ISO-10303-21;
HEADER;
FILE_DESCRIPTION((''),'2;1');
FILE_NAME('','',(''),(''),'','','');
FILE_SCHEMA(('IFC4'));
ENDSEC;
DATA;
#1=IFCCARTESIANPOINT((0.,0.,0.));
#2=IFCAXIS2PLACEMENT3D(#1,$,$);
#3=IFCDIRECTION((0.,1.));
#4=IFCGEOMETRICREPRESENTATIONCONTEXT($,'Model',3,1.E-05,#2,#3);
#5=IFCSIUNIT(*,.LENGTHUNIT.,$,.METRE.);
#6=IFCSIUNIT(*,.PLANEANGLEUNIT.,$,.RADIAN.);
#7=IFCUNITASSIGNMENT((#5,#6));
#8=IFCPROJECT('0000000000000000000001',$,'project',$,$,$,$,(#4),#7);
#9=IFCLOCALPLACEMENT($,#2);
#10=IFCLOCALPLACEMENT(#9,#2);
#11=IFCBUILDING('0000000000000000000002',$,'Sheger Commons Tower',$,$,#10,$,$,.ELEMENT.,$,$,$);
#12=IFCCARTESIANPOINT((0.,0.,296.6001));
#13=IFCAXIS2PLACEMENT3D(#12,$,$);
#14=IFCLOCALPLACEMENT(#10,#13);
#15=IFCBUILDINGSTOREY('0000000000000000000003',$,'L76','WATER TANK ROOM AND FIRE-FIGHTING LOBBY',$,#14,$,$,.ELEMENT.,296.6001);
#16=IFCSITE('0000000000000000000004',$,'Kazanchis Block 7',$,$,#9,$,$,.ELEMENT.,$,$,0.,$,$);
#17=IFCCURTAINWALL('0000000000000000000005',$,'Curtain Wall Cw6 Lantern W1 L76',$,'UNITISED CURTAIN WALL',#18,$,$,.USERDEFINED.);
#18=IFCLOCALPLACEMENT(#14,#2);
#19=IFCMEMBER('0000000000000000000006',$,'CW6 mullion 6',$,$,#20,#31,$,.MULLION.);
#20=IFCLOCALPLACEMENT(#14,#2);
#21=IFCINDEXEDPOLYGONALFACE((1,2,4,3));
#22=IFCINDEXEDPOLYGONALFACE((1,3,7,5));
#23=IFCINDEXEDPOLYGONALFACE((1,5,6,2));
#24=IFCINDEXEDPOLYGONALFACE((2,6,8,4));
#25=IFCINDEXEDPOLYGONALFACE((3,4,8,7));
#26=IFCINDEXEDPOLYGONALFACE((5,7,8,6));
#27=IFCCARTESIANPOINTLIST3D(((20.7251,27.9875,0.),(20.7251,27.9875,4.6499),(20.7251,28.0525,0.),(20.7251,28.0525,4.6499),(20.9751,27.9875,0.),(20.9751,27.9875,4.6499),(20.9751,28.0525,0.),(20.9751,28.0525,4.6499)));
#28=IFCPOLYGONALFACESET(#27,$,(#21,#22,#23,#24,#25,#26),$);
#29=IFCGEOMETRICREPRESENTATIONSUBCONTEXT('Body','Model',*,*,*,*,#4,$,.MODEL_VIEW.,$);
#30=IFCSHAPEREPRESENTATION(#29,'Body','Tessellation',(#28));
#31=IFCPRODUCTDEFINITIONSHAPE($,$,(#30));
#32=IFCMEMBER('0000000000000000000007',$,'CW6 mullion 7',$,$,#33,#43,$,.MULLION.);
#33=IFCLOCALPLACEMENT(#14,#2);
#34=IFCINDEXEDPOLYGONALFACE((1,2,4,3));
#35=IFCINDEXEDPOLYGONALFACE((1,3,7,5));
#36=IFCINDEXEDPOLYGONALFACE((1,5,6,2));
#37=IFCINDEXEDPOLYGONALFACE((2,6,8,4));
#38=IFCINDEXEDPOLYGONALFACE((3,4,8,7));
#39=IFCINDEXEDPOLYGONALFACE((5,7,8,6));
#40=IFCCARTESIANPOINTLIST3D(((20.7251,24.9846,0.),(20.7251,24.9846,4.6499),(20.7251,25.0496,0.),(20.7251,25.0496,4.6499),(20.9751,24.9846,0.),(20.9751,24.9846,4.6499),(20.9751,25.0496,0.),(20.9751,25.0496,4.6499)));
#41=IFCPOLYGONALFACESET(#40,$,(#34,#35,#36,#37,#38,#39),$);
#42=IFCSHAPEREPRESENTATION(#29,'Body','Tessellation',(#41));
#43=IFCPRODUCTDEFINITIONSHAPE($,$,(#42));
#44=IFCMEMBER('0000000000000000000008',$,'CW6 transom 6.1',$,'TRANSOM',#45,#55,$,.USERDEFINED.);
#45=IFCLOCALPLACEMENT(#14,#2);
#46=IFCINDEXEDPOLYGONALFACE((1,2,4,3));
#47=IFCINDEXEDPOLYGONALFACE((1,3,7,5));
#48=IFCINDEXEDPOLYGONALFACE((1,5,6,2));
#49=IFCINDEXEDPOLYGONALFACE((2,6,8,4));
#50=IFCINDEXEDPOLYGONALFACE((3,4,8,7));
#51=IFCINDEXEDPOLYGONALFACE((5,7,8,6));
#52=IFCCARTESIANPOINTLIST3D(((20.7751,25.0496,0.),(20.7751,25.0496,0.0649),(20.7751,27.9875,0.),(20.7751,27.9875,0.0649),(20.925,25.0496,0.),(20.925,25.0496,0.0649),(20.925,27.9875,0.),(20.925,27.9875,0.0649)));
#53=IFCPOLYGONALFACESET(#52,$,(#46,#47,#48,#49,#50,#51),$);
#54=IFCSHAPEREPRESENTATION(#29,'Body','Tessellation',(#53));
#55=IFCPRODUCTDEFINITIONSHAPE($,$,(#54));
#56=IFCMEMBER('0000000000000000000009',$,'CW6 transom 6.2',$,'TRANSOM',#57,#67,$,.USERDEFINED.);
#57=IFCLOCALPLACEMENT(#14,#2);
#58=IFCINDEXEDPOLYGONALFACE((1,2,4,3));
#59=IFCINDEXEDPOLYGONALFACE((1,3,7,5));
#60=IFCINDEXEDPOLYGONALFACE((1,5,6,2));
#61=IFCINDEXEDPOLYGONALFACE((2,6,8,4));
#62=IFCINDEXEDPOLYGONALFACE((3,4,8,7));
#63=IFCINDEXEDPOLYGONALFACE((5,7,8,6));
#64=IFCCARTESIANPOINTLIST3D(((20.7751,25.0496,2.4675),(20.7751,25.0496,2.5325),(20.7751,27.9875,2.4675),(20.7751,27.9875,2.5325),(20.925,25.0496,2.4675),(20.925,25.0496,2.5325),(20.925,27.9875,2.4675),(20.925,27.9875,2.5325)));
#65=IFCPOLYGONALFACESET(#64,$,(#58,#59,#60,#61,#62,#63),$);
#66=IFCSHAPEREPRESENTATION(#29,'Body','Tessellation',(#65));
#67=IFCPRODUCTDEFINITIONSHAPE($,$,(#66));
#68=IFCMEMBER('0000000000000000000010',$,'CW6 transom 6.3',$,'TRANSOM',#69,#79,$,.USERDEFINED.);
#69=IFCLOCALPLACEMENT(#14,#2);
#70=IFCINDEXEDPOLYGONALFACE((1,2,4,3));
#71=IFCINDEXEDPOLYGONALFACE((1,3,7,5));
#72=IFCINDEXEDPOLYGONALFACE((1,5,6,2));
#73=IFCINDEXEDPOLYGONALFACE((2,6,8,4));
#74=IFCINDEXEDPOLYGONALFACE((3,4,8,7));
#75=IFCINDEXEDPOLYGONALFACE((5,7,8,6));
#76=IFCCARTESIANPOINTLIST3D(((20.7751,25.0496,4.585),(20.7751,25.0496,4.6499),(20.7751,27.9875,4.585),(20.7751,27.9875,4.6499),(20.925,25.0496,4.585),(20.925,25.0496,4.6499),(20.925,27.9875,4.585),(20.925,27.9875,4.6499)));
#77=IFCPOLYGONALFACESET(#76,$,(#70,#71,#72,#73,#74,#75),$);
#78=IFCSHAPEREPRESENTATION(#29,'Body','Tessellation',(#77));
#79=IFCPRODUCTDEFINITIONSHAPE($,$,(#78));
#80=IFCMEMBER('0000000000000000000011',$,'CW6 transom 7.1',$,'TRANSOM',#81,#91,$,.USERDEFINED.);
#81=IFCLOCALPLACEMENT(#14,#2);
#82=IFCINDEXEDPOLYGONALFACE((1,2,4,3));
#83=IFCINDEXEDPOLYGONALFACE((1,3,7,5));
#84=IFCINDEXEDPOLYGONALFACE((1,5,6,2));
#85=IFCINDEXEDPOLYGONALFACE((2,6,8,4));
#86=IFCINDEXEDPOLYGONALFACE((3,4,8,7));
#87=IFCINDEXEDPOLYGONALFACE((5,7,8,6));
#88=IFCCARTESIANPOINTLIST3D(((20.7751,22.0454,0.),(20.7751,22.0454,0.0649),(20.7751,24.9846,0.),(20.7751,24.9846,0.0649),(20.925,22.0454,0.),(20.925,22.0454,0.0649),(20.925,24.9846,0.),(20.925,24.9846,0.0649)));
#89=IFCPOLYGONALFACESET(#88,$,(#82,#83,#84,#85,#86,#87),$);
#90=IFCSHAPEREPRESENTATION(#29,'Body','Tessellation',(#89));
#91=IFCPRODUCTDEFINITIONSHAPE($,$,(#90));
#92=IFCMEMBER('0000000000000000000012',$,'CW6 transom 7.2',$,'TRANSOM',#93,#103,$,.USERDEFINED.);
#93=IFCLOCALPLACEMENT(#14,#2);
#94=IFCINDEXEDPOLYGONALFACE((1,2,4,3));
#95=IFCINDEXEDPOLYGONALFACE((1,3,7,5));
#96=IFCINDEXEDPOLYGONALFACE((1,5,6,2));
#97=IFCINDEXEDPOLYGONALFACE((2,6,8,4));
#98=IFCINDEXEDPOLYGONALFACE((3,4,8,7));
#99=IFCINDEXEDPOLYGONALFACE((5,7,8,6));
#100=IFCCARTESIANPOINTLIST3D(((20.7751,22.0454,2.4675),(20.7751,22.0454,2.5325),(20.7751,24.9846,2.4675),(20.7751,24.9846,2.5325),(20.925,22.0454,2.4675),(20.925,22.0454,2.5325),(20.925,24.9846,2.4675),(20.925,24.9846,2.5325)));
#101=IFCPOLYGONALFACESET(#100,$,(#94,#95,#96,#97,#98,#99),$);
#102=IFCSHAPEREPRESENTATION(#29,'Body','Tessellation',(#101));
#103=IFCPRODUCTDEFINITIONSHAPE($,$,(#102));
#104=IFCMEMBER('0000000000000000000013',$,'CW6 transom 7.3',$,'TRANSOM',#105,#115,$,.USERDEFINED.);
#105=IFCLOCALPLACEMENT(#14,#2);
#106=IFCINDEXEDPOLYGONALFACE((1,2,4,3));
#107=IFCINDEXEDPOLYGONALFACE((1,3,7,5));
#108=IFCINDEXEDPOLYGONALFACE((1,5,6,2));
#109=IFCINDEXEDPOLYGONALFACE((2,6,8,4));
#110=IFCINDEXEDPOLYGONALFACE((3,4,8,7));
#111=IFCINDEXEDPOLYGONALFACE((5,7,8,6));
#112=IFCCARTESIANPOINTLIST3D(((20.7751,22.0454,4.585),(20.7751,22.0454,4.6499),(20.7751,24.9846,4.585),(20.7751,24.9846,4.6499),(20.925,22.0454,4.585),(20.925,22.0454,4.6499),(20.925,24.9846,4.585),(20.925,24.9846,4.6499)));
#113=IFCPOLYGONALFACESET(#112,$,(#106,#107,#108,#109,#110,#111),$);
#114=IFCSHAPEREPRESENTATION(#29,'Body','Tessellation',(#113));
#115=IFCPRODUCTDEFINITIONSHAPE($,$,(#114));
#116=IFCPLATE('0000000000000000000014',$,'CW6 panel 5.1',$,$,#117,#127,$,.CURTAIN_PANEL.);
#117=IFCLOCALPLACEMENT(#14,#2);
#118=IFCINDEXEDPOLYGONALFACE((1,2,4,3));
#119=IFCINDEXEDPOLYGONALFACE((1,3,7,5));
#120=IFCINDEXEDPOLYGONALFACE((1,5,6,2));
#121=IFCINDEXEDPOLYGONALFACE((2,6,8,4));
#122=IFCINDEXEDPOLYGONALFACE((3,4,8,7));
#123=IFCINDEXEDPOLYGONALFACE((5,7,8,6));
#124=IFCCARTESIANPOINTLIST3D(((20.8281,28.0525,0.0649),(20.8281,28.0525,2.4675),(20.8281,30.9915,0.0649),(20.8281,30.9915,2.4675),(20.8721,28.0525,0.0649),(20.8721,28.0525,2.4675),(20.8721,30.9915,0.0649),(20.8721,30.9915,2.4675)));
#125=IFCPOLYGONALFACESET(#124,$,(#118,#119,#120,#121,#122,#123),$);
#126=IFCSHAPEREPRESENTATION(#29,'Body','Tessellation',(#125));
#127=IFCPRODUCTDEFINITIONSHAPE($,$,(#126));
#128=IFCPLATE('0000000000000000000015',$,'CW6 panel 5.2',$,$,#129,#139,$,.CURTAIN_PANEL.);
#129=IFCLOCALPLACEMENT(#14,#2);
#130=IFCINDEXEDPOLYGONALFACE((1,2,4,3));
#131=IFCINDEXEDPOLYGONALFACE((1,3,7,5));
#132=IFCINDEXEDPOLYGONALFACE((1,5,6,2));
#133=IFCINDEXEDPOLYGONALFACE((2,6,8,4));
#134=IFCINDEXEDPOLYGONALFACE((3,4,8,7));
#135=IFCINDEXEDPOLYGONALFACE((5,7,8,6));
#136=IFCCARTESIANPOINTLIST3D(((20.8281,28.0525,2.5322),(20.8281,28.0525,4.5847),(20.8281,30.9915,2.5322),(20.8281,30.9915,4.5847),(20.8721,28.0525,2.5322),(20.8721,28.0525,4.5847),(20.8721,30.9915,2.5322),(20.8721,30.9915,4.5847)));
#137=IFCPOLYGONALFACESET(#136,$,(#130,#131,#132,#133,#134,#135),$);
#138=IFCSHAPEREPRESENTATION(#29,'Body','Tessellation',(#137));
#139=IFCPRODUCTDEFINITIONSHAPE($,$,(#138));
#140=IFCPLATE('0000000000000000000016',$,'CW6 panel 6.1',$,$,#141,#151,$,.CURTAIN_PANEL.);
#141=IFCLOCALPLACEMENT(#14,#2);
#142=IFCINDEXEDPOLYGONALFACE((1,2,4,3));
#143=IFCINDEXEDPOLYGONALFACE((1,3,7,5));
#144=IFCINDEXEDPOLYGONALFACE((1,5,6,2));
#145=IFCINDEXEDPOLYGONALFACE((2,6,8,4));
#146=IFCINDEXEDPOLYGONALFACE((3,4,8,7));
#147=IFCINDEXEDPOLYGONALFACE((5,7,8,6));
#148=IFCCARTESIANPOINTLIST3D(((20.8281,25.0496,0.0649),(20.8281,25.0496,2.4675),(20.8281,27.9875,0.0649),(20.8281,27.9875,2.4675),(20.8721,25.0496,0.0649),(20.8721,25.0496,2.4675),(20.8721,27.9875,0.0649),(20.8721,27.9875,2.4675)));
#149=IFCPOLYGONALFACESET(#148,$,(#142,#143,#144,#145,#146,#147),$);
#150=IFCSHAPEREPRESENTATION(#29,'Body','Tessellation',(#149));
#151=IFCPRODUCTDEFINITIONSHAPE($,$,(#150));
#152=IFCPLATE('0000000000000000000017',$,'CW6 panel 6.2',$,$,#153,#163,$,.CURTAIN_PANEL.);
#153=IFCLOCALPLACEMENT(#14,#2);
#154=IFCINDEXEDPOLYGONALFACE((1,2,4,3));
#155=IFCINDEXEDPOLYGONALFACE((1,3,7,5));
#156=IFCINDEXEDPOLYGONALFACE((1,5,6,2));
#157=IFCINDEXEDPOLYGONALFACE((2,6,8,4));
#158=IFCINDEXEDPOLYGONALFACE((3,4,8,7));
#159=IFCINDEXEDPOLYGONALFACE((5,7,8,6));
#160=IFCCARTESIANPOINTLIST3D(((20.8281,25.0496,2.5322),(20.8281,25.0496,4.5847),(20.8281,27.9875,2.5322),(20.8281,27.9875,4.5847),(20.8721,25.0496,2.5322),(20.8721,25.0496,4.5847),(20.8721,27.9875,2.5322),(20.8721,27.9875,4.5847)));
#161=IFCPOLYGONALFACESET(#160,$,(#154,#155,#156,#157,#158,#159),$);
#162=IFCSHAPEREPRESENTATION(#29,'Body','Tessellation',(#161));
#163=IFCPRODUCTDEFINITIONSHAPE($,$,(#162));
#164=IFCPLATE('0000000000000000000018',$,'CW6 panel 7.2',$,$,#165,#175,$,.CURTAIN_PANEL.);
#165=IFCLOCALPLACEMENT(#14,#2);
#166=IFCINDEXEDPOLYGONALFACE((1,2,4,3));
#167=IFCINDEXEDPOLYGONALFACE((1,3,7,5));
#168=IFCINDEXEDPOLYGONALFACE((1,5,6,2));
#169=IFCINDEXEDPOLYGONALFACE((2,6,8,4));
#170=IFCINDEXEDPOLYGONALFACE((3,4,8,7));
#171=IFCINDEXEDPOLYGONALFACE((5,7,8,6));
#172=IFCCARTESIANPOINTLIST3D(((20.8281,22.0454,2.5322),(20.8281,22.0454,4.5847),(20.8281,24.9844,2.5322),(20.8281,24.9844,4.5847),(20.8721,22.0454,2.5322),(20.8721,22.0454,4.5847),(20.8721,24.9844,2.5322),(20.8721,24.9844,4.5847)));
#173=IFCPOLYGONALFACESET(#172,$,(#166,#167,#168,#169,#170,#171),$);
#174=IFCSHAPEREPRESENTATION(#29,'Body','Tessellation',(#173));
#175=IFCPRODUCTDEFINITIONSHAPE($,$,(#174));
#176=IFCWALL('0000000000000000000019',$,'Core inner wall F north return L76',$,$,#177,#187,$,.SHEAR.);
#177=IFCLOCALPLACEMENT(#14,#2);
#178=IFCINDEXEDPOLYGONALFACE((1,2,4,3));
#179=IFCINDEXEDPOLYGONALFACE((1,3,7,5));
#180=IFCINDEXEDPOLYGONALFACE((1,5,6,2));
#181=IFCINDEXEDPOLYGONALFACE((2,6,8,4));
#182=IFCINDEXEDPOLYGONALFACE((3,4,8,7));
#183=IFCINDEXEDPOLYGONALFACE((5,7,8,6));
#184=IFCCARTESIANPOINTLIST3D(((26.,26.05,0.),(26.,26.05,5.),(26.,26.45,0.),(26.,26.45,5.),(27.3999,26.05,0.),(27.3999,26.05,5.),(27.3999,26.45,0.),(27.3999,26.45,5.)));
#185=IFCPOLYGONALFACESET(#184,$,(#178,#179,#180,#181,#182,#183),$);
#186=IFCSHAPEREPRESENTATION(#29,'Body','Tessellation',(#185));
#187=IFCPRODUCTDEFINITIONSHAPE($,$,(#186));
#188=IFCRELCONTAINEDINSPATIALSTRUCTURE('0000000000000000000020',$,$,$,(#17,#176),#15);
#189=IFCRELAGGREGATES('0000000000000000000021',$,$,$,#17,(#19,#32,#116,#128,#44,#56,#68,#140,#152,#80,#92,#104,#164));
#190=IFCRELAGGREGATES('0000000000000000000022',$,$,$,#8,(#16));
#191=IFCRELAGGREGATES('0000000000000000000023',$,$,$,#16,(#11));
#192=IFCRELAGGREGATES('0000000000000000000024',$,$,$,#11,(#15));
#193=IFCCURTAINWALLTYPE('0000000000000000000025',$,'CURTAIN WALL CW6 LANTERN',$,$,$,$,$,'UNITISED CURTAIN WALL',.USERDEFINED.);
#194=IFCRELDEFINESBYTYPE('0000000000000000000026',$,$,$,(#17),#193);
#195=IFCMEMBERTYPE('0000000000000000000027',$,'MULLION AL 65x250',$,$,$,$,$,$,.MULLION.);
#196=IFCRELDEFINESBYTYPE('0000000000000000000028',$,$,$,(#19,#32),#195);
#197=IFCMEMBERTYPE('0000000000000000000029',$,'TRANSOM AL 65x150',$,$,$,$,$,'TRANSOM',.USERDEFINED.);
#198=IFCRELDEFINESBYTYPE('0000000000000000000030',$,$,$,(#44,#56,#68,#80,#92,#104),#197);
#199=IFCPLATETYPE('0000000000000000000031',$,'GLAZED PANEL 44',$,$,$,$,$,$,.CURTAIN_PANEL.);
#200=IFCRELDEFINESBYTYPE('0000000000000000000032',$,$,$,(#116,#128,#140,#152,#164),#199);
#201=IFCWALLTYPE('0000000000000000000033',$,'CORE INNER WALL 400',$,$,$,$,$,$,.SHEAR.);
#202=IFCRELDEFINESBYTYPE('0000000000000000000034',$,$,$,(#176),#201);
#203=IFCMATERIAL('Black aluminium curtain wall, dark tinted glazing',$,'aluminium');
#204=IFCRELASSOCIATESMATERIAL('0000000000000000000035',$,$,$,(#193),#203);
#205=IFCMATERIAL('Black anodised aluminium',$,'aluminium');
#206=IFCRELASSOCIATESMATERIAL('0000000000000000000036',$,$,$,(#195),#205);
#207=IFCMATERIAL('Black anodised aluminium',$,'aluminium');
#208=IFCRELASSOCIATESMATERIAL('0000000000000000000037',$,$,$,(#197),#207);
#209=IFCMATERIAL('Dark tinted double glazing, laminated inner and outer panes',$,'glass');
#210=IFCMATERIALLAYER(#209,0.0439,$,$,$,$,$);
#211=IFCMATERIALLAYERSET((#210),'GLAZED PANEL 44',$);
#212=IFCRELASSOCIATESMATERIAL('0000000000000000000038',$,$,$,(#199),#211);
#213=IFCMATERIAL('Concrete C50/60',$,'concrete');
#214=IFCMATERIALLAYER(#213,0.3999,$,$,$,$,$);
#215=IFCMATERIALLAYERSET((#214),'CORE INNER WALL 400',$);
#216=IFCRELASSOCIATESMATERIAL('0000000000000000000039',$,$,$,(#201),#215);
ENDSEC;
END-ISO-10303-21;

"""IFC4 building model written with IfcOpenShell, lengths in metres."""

from ifc_helpers import new_model, si_unit, direction, frame, frame_2d, origin, origin_2d, place, context, subcontext, project, spatial, rectangle, extrude, material, layer, layer_set, material_profile, profile_set, type_object, element, aggregate, save


model = new_model("IFC4")

# Units and contexts
model_context = context("Model", 3, precision=1e-05, world=origin(), true_north=direction((0.0, 1.0)))
body_context = subcontext(model_context, "Body", "Model", "MODEL_VIEW")
ifc_project = project(units=[si_unit("LENGTHUNIT", "METRE"), si_unit("PLANEANGLEUNIT", "RADIAN")], contexts=[model_context])

# Site, building, storey
site_placement = place(None, origin())
site = spatial("IfcSite", under=ifc_project, at=site_placement, Name="Kazanchis Block 7", CompositionType="ELEMENT", RefElevation=0.0)
building_placement = place(site_placement, origin())
building = spatial("IfcBuilding", under=site, at=building_placement, Name="Sheger Commons Tower", CompositionType="ELEMENT")
storey_placement = place(building_placement, frame((0.0, 0.0, 296.6001)))
storey = spatial("IfcBuildingStorey", under=building, at=storey_placement, Name="L76", Description="WATER TANK ROOM AND FIRE-FIGHTING LOBBY", CompositionType="ELEMENT", Elevation=296.6001)

# Curtain wall, members, plates
ifc_material_1 = material(Name="Black aluminium curtain wall, dark tinted glazing", Category="aluminium")
curtain_wall_type = type_object("IfcCurtainWallType", Name="CURTAIN WALL CW6 LANTERN", ElementType="UNITISED CURTAIN WALL", PredefinedType="USERDEFINED", material=ifc_material_1)
curtain_wall_placement = place(storey_placement, origin())
curtain_wall = element("IfcCurtainWall", 1, at=curtain_wall_placement, inside=storey, type_object=curtain_wall_type, Name="Curtain Wall Cw6 Lantern W1 L76", ObjectType="UNITISED CURTAIN WALL", PredefinedType="USERDEFINED")
ifc_material_2 = material(Name="Black anodised aluminium", Category="aluminium")
ifc_material_profile_1 = material_profile(ifc_material_2, rectangle(XDim=0.25, YDim=0.0649, at=origin_2d()), Name="AL 65x250")
ifc_profile_set_1 = profile_set([ifc_material_profile_1], Name="Black anodised aluminium")
member_type_1 = type_object("IfcMemberType", Name="MULLION AL 65x250", PredefinedType="MULLION", material=ifc_profile_set_1)
member_1_placement = place(storey_placement, frame((20.8501, 28.02, 0.0), z_axis=(0.0, 0.0, 1.0), x_axis=(1.0, 0.0, 0.0)))
member_1 = element("IfcMember", 2, at=member_1_placement, type_object=member_type_1, Name="CW6 mullion 6", PredefinedType="MULLION", context=body_context, shape_type="SweptSolid", body=[
    extrude(rectangle(XDim=0.25, YDim=0.0649, at=origin_2d()), origin(), (0.0, 0.0, 1.0), 4.6499),
])
member_2_placement = place(storey_placement, frame((20.8501, 25.0171, 0.0), z_axis=(0.0, 0.0, 1.0), x_axis=(1.0, 0.0, 0.0)))
member_2 = element("IfcMember", 3, at=member_2_placement, type_object=member_type_1, Name="CW6 mullion 7", PredefinedType="MULLION", context=body_context, shape_type="SweptSolid", body=[
    extrude(rectangle(XDim=0.25, YDim=0.0649, at=origin_2d()), origin(), (0.0, 0.0, 1.0), 4.6499),
])
ifc_material_3 = material(Name="Black anodised aluminium", Category="aluminium")
ifc_material_profile_2 = material_profile(ifc_material_3, rectangle(XDim=0.1499, YDim=0.0649, at=origin_2d()), Name="AL 65x150")
ifc_profile_set_2 = profile_set([ifc_material_profile_2], Name="Black anodised aluminium")
member_type_2 = type_object("IfcMemberType", Name="TRANSOM AL 65x150", ElementType="TRANSOM", PredefinedType="USERDEFINED", material=ifc_profile_set_2)
member_3_placement = place(storey_placement, frame((20.8501, 27.9875, 0.0325), z_axis=(0.0, -1.0, 0.0), x_axis=(1.0, 0.0, 0.0)))
member_3 = element("IfcMember", 4, at=member_3_placement, type_object=member_type_2, Name="CW6 transom 6.1", ObjectType="TRANSOM", PredefinedType="USERDEFINED", context=body_context, shape_type="SweptSolid", body=[
    extrude(rectangle(XDim=0.1499, YDim=0.0649, at=origin_2d()), origin(), (0.0, 0.0, 1.0), 2.938),
])
member_4_placement = place(storey_placement, frame((20.8501, 27.9875, 2.5), z_axis=(0.0, -1.0, 0.0), x_axis=(1.0, 0.0, 0.0)))
member_4 = element("IfcMember", 5, at=member_4_placement, type_object=member_type_2, Name="CW6 transom 6.2", ObjectType="TRANSOM", PredefinedType="USERDEFINED", context=body_context, shape_type="SweptSolid", body=[
    extrude(rectangle(XDim=0.1499, YDim=0.0649, at=origin_2d()), origin(), (0.0, 0.0, 1.0), 2.938),
])
member_5_placement = place(storey_placement, frame((20.8501, 27.9875, 4.6174), z_axis=(0.0, -1.0, 0.0), x_axis=(1.0, 0.0, 0.0)))
member_5 = element("IfcMember", 6, at=member_5_placement, type_object=member_type_2, Name="CW6 transom 6.3", ObjectType="TRANSOM", PredefinedType="USERDEFINED", context=body_context, shape_type="SweptSolid", body=[
    extrude(rectangle(XDim=0.1499, YDim=0.0649, at=origin_2d()), origin(), (0.0, 0.0, 1.0), 2.938),
])
member_6_placement = place(storey_placement, frame((20.8501, 24.9846, 0.0325), z_axis=(0.0, -1.0, 0.0), x_axis=(1.0, 0.0, 0.0)))
member_6 = element("IfcMember", 7, at=member_6_placement, type_object=member_type_2, Name="CW6 transom 7.1", ObjectType="TRANSOM", PredefinedType="USERDEFINED", context=body_context, shape_type="SweptSolid", body=[
    extrude(rectangle(XDim=0.1499, YDim=0.0649, at=origin_2d()), origin(), (0.0, 0.0, 1.0), 2.9392),
])
member_7_placement = place(storey_placement, frame((20.8501, 24.9846, 2.5), z_axis=(0.0, -1.0, 0.0), x_axis=(1.0, 0.0, 0.0)))
member_7 = element("IfcMember", 8, at=member_7_placement, type_object=member_type_2, Name="CW6 transom 7.2", ObjectType="TRANSOM", PredefinedType="USERDEFINED", context=body_context, shape_type="SweptSolid", body=[
    extrude(rectangle(XDim=0.1499, YDim=0.0649, at=origin_2d()), origin(), (0.0, 0.0, 1.0), 2.9392),
])
member_8_placement = place(storey_placement, frame((20.8501, 24.9846, 4.6174), z_axis=(0.0, -1.0, 0.0), x_axis=(1.0, 0.0, 0.0)))
member_8 = element("IfcMember", 9, at=member_8_placement, type_object=member_type_2, Name="CW6 transom 7.3", ObjectType="TRANSOM", PredefinedType="USERDEFINED", context=body_context, shape_type="SweptSolid", body=[
    extrude(rectangle(XDim=0.1499, YDim=0.0649, at=origin_2d()), origin(), (0.0, 0.0, 1.0), 2.9392),
])
ifc_material_4 = material(Name="Dark tinted double glazing, laminated inner and outer panes", Category="glass")
ifc_layer_1 = layer(ifc_material_4, 0.0439)
ifc_layer_set_1 = layer_set([ifc_layer_1], Name="GLAZED PANEL 44")
plate_type = type_object("IfcPlateType", Name="GLAZED PANEL 44", PredefinedType="CURTAIN_PANEL", material=ifc_layer_set_1)
plate_1_placement = place(storey_placement, frame((20.8501, 29.522, 0.0649), z_axis=(0.0, 0.0, 1.0), x_axis=(0.0, -1.0, 0.0)))
plate_1 = element("IfcPlate", 10, at=plate_1_placement, type_object=plate_type, Name="CW6 panel 5.1", PredefinedType="CURTAIN_PANEL", context=body_context, shape_type="SweptSolid", body=[
    extrude(rectangle(XDim=2.939, YDim=0.0439, at=origin_2d()), origin(), (0.0, 0.0, 1.0), 2.4026),
])
plate_2_placement = place(storey_placement, frame((20.8501, 29.522, 2.5322), z_axis=(0.0, 0.0, 1.0), x_axis=(0.0, -1.0, 0.0)))
plate_2 = element("IfcPlate", 11, at=plate_2_placement, type_object=plate_type, Name="CW6 panel 5.2", PredefinedType="CURTAIN_PANEL", context=body_context, shape_type="SweptSolid", body=[
    extrude(rectangle(XDim=2.939, YDim=0.0439, at=origin_2d()), origin(), (0.0, 0.0, 1.0), 2.0525),
])
plate_3_placement = place(storey_placement, frame((20.8501, 26.5186, 0.0649), z_axis=(0.0, 0.0, 1.0), x_axis=(0.0, -1.0, 0.0)))
plate_3 = element("IfcPlate", 12, at=plate_3_placement, type_object=plate_type, Name="CW6 panel 6.1", PredefinedType="CURTAIN_PANEL", context=body_context, shape_type="SweptSolid", body=[
    extrude(rectangle(XDim=2.938, YDim=0.0439, at=origin_2d()), origin(), (0.0, 0.0, 1.0), 2.4026),
])
plate_4_placement = place(storey_placement, frame((20.8501, 26.5186, 2.5322), z_axis=(0.0, 0.0, 1.0), x_axis=(0.0, -1.0, 0.0)))
plate_4 = element("IfcPlate", 13, at=plate_4_placement, type_object=plate_type, Name="CW6 panel 6.2", PredefinedType="CURTAIN_PANEL", context=body_context, shape_type="SweptSolid", body=[
    extrude(rectangle(XDim=2.938, YDim=0.0439, at=origin_2d()), origin(), (0.0, 0.0, 1.0), 2.0525),
])
plate_5_placement = place(storey_placement, frame((20.8501, 23.5149, 2.5322), z_axis=(0.0, 0.0, 1.0), x_axis=(0.0, -1.0, 0.0)))
plate_5 = element("IfcPlate", 14, at=plate_5_placement, type_object=plate_type, Name="CW6 panel 7.2", PredefinedType="CURTAIN_PANEL", context=body_context, shape_type="SweptSolid", body=[
    extrude(rectangle(XDim=2.939, YDim=0.0439, at=origin_2d()), origin(), (0.0, 0.0, 1.0), 2.0525),
])
aggregate(curtain_wall, [member_1, member_2, plate_1, plate_2, member_3, member_4, member_5, plate_3, plate_4, member_6, member_7, member_8, plate_5])

# Wall
ifc_material_5 = material(Name="Concrete C50/60", Category="concrete")
ifc_layer_2 = layer(ifc_material_5, 0.3999)
ifc_layer_set_2 = layer_set([ifc_layer_2], Name="CORE INNER WALL 400")
wall_type_1 = type_object("IfcWallType", Name="CORE INNER WALL 400", PredefinedType="SHEAR", material=ifc_layer_set_2)
wall_1_placement = place(storey_placement, frame((26.0, 26.25, 0.0), z_axis=(0.0, 0.0, 1.0), x_axis=(1.0, 0.0, 0.0)))
element("IfcWall", 15, at=wall_1_placement, inside=storey, type_object=wall_type_1, Name="Core inner wall F north return L76", PredefinedType="SHEAR", context=body_context, shape_type="SweptSolid", body=[
    extrude(rectangle(XDim=1.3999, YDim=0.3999, at=frame_2d((0.7, 0.0))), origin(), (0.0, 0.0, 1.0), 5.0),
])

save(model, "model.ifc")
